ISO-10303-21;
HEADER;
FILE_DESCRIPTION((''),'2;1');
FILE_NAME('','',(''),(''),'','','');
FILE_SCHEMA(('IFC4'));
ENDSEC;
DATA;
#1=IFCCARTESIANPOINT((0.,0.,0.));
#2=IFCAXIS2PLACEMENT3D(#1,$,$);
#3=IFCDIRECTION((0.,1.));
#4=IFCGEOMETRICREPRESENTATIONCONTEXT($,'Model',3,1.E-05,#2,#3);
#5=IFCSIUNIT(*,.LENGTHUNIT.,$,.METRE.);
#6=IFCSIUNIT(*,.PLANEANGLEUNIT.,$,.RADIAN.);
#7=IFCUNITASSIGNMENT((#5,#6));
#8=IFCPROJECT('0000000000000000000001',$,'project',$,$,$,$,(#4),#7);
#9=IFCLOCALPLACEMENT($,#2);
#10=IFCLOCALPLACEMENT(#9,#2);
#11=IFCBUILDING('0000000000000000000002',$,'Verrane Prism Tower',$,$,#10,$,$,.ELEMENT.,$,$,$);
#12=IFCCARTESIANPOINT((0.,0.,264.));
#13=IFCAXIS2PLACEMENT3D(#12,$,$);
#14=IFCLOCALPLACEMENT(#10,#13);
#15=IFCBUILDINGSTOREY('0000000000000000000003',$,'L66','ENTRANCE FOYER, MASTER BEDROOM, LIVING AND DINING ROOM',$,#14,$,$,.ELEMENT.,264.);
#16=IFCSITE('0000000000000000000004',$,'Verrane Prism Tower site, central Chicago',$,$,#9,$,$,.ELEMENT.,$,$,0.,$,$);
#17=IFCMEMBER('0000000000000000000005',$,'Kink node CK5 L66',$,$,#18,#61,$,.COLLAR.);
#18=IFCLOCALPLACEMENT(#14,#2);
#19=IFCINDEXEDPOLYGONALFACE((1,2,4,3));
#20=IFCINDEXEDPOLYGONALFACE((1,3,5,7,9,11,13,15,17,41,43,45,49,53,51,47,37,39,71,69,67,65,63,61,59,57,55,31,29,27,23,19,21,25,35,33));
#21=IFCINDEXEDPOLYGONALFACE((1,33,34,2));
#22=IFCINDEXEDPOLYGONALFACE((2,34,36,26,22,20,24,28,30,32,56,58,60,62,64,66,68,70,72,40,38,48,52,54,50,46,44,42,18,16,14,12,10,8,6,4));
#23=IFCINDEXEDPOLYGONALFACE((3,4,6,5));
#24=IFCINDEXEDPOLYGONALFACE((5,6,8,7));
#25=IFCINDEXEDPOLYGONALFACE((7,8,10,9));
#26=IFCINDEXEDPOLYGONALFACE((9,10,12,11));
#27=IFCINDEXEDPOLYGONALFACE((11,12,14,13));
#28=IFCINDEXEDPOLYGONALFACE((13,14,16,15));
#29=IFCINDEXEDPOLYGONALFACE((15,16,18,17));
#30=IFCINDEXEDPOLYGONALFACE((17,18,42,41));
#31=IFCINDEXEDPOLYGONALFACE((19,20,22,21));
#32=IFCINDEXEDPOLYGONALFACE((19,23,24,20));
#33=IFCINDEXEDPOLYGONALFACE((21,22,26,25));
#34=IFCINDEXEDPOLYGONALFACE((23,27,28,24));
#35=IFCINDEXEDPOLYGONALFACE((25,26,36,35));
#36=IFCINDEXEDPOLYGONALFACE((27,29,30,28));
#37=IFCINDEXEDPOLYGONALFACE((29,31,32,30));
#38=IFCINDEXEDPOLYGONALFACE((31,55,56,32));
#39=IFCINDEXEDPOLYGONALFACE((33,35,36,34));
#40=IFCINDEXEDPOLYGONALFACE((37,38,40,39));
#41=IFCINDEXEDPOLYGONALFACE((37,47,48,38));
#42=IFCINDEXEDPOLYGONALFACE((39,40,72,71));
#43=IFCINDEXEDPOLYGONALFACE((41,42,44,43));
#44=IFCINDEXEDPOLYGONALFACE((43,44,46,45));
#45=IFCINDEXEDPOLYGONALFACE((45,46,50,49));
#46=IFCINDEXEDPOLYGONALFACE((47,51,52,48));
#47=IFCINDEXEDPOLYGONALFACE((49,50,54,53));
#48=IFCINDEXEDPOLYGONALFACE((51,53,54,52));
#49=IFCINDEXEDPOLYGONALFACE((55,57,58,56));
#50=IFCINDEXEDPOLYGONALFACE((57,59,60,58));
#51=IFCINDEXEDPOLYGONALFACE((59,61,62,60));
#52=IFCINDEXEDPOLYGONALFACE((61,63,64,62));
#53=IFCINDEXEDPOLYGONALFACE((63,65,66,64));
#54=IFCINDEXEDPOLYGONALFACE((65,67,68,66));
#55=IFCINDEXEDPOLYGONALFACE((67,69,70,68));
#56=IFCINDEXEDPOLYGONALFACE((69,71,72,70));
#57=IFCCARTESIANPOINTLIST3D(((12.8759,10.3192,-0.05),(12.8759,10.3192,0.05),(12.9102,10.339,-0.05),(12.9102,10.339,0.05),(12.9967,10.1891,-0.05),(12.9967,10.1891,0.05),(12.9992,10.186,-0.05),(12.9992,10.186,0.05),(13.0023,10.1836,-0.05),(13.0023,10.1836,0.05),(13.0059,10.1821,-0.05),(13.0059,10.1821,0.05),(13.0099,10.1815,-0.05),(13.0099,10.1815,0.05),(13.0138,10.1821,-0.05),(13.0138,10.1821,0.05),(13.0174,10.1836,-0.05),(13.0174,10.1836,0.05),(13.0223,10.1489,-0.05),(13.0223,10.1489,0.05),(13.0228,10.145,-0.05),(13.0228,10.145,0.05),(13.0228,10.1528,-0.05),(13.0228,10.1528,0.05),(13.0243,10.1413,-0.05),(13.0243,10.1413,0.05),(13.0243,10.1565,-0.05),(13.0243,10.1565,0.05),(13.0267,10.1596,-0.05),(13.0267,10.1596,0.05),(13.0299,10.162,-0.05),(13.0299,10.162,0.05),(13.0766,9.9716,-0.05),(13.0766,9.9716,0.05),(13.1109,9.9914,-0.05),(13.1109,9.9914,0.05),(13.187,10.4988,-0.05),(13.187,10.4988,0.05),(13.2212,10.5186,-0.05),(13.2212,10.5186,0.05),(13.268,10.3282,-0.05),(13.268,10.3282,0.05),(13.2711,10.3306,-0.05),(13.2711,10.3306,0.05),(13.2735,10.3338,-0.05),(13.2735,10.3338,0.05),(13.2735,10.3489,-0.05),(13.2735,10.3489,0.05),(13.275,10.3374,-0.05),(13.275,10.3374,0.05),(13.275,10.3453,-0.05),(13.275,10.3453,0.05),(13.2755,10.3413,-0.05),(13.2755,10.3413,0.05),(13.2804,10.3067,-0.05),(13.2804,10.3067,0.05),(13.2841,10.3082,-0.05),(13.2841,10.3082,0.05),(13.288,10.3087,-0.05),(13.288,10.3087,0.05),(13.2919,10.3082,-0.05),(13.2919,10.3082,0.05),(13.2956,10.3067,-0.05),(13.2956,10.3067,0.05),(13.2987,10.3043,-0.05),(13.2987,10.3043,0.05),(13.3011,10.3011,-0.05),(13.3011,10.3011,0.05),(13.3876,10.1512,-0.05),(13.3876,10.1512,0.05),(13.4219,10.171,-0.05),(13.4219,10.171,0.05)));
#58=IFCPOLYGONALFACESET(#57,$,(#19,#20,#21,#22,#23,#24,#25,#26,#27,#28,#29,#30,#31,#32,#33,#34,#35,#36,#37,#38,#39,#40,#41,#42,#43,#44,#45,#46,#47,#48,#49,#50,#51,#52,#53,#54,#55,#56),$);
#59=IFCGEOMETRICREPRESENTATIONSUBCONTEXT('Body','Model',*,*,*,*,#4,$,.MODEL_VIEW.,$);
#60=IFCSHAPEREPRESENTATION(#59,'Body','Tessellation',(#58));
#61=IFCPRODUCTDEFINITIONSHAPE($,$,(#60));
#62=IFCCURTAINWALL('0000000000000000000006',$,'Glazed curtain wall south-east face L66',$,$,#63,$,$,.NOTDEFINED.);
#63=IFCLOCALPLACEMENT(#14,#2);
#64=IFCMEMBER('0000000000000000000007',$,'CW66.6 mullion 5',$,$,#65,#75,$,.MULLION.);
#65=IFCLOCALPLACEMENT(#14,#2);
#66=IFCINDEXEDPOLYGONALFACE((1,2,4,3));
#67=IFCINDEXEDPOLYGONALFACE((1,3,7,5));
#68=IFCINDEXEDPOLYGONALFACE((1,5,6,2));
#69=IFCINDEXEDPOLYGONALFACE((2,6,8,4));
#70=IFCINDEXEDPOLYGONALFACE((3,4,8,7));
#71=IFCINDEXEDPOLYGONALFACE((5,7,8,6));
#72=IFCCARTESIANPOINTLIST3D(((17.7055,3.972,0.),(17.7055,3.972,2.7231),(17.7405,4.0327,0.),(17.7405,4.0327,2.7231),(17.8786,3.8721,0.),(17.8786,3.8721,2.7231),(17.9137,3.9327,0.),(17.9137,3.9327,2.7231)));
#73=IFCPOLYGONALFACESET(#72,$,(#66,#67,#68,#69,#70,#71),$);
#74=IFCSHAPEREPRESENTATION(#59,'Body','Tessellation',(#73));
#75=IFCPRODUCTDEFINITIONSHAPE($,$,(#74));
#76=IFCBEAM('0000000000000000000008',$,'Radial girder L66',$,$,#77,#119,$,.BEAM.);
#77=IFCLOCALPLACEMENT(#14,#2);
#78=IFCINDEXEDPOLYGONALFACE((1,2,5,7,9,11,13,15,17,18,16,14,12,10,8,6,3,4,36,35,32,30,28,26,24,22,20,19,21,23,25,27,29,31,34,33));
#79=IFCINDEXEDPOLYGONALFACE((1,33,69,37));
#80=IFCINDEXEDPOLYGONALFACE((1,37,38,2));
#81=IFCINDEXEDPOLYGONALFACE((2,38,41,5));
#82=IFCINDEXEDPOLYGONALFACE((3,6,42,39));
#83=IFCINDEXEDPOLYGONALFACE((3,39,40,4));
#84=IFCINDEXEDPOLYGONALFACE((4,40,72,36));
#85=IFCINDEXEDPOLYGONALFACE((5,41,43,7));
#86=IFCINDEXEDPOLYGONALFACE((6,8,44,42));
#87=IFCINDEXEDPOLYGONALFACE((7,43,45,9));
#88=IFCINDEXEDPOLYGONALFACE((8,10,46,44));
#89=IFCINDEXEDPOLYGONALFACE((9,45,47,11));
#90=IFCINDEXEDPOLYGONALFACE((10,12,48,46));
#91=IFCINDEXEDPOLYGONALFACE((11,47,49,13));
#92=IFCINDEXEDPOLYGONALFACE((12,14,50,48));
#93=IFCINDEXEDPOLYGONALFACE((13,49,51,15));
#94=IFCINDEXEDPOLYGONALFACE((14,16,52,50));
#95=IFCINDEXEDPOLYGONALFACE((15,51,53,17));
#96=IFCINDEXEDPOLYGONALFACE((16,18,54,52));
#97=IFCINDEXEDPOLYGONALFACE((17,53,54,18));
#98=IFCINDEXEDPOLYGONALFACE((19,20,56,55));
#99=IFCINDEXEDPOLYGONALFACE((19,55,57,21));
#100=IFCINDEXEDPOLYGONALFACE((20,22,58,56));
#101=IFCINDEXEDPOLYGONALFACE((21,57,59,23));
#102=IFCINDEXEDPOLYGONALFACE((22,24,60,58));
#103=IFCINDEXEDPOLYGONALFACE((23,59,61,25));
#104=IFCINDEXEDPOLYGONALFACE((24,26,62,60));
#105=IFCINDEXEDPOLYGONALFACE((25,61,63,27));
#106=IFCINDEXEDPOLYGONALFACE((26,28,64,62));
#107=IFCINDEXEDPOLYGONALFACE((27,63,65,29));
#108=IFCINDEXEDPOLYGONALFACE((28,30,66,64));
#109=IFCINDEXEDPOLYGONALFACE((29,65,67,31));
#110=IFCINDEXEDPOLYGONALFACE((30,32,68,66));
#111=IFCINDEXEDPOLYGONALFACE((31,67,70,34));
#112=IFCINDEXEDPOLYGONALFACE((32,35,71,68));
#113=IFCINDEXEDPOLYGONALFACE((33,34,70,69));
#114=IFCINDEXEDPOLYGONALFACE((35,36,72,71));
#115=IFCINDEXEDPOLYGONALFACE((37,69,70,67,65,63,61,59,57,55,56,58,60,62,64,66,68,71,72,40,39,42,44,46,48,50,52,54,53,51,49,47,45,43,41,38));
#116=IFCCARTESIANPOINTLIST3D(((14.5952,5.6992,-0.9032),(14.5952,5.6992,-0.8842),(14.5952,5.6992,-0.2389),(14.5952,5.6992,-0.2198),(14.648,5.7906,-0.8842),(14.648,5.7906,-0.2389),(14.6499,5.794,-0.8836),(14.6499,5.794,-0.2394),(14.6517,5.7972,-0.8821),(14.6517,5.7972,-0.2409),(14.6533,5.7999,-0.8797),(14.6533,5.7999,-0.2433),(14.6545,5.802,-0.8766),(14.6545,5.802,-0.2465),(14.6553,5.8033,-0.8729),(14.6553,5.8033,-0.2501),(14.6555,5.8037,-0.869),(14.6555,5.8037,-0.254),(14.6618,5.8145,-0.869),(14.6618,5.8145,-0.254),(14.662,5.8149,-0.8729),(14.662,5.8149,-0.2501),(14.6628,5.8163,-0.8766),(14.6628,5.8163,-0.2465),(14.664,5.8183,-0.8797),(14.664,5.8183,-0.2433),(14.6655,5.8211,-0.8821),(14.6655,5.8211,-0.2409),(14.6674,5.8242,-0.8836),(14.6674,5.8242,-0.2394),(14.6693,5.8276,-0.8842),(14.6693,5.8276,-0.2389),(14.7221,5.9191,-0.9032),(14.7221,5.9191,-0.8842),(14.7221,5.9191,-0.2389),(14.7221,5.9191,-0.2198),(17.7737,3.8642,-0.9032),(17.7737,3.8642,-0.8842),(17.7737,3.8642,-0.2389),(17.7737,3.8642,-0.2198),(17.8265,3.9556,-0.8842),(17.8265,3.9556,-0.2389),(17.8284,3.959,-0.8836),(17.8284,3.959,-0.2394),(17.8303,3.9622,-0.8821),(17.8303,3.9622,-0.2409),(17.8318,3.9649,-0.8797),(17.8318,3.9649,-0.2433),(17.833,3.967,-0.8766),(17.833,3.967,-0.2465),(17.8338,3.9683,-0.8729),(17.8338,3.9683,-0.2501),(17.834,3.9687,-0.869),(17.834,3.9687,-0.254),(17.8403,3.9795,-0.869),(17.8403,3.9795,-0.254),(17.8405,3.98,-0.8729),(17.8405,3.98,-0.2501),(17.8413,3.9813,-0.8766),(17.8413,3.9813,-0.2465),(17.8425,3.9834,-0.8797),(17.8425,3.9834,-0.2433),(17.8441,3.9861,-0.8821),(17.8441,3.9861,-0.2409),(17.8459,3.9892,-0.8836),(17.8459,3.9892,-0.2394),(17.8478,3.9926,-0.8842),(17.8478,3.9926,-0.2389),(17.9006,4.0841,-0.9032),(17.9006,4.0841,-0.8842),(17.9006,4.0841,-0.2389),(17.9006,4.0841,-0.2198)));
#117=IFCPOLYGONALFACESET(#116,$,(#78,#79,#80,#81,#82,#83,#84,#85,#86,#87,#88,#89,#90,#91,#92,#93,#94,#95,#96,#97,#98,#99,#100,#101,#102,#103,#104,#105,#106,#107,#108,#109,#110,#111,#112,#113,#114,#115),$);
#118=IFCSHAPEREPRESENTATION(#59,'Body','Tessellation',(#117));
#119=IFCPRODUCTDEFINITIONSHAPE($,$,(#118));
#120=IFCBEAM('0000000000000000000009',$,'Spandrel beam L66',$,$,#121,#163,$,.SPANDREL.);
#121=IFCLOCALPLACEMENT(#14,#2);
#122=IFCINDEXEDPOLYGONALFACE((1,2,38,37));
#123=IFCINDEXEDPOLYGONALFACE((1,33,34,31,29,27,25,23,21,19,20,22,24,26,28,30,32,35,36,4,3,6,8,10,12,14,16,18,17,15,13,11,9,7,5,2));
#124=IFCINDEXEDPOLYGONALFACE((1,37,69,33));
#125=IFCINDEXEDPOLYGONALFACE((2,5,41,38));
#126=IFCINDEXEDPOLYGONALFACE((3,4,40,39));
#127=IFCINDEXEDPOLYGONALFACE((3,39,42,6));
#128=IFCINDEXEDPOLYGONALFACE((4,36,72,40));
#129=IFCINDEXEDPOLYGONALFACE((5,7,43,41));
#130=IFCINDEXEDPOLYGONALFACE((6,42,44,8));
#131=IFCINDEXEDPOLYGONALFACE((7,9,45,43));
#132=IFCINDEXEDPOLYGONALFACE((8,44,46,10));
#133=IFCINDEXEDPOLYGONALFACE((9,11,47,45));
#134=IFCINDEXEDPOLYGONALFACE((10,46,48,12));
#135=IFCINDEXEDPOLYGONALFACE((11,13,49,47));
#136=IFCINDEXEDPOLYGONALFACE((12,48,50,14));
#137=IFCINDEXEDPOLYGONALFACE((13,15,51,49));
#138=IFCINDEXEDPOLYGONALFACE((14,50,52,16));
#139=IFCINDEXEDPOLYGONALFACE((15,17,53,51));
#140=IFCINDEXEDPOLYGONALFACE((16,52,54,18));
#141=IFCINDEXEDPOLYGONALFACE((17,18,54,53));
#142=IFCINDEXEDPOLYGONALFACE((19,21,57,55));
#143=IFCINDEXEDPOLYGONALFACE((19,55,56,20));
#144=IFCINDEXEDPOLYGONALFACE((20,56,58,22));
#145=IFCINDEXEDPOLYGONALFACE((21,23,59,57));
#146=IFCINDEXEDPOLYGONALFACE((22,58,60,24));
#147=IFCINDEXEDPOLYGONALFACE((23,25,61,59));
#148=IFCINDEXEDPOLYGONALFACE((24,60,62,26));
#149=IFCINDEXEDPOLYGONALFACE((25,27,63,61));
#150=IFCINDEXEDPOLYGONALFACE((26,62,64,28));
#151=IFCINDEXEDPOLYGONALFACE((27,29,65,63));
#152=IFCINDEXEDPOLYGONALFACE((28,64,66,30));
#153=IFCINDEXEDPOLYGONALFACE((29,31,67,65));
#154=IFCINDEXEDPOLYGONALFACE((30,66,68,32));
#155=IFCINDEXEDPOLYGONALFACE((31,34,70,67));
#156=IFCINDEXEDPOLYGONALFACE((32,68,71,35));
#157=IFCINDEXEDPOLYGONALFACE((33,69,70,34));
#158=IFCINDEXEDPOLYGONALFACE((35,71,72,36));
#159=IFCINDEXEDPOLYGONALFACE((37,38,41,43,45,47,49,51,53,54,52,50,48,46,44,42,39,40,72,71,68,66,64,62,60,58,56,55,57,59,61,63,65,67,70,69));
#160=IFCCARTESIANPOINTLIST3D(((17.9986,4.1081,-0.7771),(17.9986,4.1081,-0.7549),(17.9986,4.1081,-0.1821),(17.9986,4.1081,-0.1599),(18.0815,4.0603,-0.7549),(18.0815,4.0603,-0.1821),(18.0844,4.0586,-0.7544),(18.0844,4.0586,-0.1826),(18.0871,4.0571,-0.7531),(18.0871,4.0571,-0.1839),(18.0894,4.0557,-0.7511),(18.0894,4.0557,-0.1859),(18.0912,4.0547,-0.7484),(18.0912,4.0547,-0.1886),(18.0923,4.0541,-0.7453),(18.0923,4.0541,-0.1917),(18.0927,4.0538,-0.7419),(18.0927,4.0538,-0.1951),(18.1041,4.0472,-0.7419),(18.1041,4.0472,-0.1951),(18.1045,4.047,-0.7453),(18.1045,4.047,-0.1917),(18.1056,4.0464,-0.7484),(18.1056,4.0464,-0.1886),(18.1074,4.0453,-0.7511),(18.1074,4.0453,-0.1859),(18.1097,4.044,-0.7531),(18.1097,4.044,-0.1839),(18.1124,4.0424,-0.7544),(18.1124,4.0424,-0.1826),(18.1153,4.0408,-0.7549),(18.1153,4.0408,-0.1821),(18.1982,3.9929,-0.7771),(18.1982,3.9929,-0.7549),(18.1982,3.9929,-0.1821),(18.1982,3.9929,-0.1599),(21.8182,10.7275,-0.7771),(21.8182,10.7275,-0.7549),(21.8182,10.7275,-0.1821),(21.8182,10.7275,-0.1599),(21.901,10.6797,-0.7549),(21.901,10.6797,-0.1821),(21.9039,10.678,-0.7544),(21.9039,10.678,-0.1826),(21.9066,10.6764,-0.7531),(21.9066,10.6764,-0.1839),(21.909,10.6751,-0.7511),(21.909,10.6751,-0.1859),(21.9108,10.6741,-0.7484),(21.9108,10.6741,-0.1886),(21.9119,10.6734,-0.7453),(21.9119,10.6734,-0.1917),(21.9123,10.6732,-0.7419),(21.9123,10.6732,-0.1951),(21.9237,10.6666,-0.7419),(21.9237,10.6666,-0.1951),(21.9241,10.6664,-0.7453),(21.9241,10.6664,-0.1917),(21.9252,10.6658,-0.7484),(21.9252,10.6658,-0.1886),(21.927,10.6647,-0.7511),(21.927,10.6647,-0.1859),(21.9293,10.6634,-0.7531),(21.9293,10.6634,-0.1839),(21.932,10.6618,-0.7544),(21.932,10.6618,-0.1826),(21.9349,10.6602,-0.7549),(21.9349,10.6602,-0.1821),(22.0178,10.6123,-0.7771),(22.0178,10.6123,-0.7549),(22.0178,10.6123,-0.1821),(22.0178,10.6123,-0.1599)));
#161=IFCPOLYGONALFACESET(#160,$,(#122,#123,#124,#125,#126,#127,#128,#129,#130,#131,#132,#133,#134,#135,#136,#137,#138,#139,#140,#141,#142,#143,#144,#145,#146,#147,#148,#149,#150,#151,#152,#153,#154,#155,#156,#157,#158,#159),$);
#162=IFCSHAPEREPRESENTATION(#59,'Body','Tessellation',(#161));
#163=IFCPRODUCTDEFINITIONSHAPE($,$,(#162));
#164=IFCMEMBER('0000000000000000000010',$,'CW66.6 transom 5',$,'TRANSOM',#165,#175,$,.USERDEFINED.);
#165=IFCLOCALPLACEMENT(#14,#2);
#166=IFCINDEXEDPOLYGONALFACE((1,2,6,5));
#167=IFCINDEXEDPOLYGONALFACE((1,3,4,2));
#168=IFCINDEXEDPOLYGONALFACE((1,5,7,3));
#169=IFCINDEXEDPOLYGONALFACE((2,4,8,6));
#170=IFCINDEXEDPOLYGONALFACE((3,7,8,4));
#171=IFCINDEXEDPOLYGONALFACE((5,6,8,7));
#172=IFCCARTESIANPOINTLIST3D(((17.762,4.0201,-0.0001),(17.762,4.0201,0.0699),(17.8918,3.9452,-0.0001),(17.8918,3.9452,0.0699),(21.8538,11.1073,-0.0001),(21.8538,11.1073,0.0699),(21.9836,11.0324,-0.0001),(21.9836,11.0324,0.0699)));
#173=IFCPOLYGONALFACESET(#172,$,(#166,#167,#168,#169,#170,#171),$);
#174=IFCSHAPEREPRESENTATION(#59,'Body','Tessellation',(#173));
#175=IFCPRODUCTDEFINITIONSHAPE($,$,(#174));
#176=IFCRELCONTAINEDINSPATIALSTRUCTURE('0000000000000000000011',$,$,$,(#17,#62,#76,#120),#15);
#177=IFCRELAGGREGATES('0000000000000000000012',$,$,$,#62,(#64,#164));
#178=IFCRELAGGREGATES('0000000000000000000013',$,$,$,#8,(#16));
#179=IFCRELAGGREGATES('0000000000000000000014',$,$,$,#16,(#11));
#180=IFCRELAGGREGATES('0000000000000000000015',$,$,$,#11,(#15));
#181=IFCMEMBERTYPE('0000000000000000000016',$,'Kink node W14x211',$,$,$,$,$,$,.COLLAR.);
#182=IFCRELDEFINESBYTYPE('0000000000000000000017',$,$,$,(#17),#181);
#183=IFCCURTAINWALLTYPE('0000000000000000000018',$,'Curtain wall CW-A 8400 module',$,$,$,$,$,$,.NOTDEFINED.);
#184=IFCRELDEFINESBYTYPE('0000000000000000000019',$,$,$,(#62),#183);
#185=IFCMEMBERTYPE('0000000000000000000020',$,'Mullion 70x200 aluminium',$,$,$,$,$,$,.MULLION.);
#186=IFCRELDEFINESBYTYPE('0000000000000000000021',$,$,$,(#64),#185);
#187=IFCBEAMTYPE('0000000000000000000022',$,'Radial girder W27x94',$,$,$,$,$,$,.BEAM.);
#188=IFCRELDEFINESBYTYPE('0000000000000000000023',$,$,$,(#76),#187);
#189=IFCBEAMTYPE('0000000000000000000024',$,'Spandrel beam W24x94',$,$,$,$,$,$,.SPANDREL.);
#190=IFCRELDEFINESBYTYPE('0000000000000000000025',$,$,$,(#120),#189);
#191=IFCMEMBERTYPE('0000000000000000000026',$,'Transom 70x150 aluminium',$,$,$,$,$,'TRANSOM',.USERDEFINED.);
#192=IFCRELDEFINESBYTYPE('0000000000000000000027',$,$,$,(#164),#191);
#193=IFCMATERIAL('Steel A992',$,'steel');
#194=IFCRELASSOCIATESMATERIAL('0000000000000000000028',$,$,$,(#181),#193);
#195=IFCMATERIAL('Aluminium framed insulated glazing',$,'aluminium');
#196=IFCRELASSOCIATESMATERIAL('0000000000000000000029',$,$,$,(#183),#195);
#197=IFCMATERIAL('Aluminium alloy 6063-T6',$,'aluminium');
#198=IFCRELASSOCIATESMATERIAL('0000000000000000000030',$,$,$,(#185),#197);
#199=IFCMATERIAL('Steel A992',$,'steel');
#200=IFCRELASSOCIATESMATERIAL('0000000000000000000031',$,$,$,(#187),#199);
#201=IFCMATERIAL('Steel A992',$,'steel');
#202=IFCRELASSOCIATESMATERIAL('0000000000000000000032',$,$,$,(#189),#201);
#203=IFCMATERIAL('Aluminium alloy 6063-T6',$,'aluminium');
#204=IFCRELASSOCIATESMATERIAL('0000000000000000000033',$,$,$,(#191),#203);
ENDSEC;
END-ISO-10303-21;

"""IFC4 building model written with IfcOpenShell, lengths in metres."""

from ifc_helpers import new_model, si_unit, direction, frame, origin, origin_2d, place, context, subcontext, project, spatial, rectangle, i_section, extrude, material, material_profile, profile_set, type_object, element, aggregate, save


model = new_model("IFC4")

# Units and contexts
model_context = context("Model", 3, precision=1e-05, world=origin(), true_north=direction((0.0, 1.0)))
body_context = subcontext(model_context, "Body", "Model", "MODEL_VIEW")
ifc_project = project(units=[si_unit("LENGTHUNIT", "METRE"), si_unit("PLANEANGLEUNIT", "RADIAN")], contexts=[model_context])

# Site, building, storey
site_placement = place(None, origin())
site = spatial("IfcSite", under=ifc_project, at=site_placement, Name="Verrane Prism Tower site, central Chicago", CompositionType="ELEMENT", RefElevation=0.0)
building_placement = place(site_placement, origin())
building = spatial("IfcBuilding", under=site, at=building_placement, Name="Verrane Prism Tower", CompositionType="ELEMENT")
storey_placement = place(building_placement, frame((0.0, 0.0, 264.0)))
storey = spatial("IfcBuildingStorey", under=building, at=storey_placement, Name="L66", Description="ENTRANCE FOYER, MASTER BEDROOM, LIVING AND DINING ROOM", CompositionType="ELEMENT", Elevation=264.0)

# Member
ifc_material_1 = material(Name="Steel A992", Category="steel")
ifc_material_profile_1 = material_profile(ifc_material_1, i_section(OverallWidth=0.4014, OverallDepth=0.3987, WebThickness=0.0249, FlangeThickness=0.0396, FilletRadius=0.0151, at=origin_2d()), Name="W14x211")
ifc_profile_set_1 = profile_set([ifc_material_profile_1], Name="Steel A992")
member_type_1 = type_object("IfcMemberType", Name="Kink node W14x211", PredefinedType="COLLAR", material=ifc_profile_set_1)
for number, where, z_axis, x_axis, name in (
    (1, (13.1489, 10.2451, -0.05), (0.0, 0.0, 1.0), (0.5, -0.866025, 0.0), "Kink node CK5 L66"),
):
    element("IfcMember", number, at=place(storey_placement, frame(where, z_axis=z_axis, x_axis=x_axis)), inside=storey, type_object=member_type_1, Name=name, PredefinedType="COLLAR", context=body_context, shape_type="SweptSolid", body=[
        extrude(i_section(OverallWidth=0.4014, OverallDepth=0.3987, WebThickness=0.0249, FlangeThickness=0.0396, FilletRadius=0.0151, at=origin_2d()), origin(), (0.0, 0.0, 1.0), 0.1001),
    ])

# Curtain wall, member
ifc_material_2 = material(Name="Aluminium framed insulated glazing", Category="aluminium")
curtain_wall_type = type_object("IfcCurtainWallType", Name="Curtain wall CW-A 8400 module", PredefinedType="NOTDEFINED", material=ifc_material_2)
curtain_wall_placement = place(storey_placement, origin())
curtain_wall = element("IfcCurtainWall", 2, at=curtain_wall_placement, inside=storey, type_object=curtain_wall_type, Name="Glazed curtain wall south-east face L66", PredefinedType="NOTDEFINED")
ifc_material_3 = material(Name="Aluminium alloy 6063-T6", Category="aluminium")
ifc_material_profile_2 = material_profile(ifc_material_3, rectangle(XDim=0.2, YDim=0.0701, at=origin_2d()), Name="Mullion 70x200 aluminium")
ifc_profile_set_2 = profile_set([ifc_material_profile_2], Name="Aluminium alloy 6063-T6")
member_type_2 = type_object("IfcMemberType", Name="Mullion 70x200 aluminium", PredefinedType="MULLION", material=ifc_profile_set_2)
member_1_placement = place(storey_placement, frame((17.8096, 3.9524, 0.0), z_axis=(0.0, 0.0, 1.0), x_axis=(-0.866025, 0.500001, 0.0)))
member_1 = element("IfcMember", 3, at=member_1_placement, type_object=member_type_2, Name="CW66.6 mullion 5", PredefinedType="MULLION", context=body_context, shape_type="SweptSolid", body=[
    extrude(rectangle(XDim=0.2, YDim=0.0701, at=origin_2d()), origin(), (0.0, 0.0, 1.0), 2.7231),
])

# Beams
ifc_material_4 = material(Name="Steel A992", Category="steel")
ifc_material_profile_3 = material_profile(ifc_material_4, i_section(OverallWidth=0.2539, OverallDepth=0.6833, WebThickness=0.0125, FlangeThickness=0.019, FilletRadius=0.0151, at=origin_2d()), Name="W27x94")
ifc_profile_set_3 = profile_set([ifc_material_profile_3], Name="Steel A992")
beam_type_1 = type_object("IfcBeamType", Name="Radial girder W27x94", PredefinedType="BEAM", material=ifc_profile_set_3)
beam_1_placement = place(storey_placement, frame((17.8372, 3.9741, -0.5615), z_axis=(-0.86604, 0.499974, 0.0), x_axis=(-0.499974, -0.86604, 0.0)))
element("IfcBeam", 4, at=beam_1_placement, inside=storey, type_object=beam_type_1, Name="Radial girder L66", PredefinedType="BEAM", context=body_context, shape_type="SweptSolid", body=[
    extrude(i_section(OverallWidth=0.2539, OverallDepth=0.6833, WebThickness=0.0125, FlangeThickness=0.019, FilletRadius=0.0151, at=origin_2d()), origin(), (0.0, 0.0, 1.0), 3.6702),
])
ifc_material_5 = material(Name="Steel A992", Category="steel")
ifc_material_profile_4 = material_profile(ifc_material_5, i_section(OverallWidth=0.2305, OverallDepth=0.6172, WebThickness=0.0132, FlangeThickness=0.0222, FilletRadius=0.0129, at=origin_2d()), Name="W24x94")
ifc_profile_set_4 = profile_set([ifc_material_profile_4], Name="Steel A992")
beam_type_2 = type_object("IfcBeamType", Name="Spandrel beam W24x94", PredefinedType="SPANDREL", material=ifc_profile_set_4)
beam_2_placement = place(storey_placement, frame((18.0984, 4.0505, -0.4685), z_axis=(0.499792, 0.866146, 0.0), x_axis=(-0.866146, 0.499792, 0.0)))
element("IfcBeam", 5, at=beam_2_placement, inside=storey, type_object=beam_type_2, Name="Spandrel beam L66", PredefinedType="SPANDREL", context=body_context, shape_type="SweptSolid", body=[
    extrude(i_section(OverallWidth=0.2305, OverallDepth=0.6172, WebThickness=0.0132, FlangeThickness=0.0222, FilletRadius=0.0129, at=origin_2d()), origin(), (0.0, 0.0, 1.0), 7.6423),
])

# Member
ifc_material_6 = material(Name="Aluminium alloy 6063-T6", Category="aluminium")
ifc_material_profile_5 = material_profile(ifc_material_6, rectangle(XDim=0.1499, YDim=0.0701, at=origin_2d()), Name="Transom 70x150 aluminium")
ifc_profile_set_5 = profile_set([ifc_material_profile_5], Name="Aluminium alloy 6063-T6")
member_type_3 = type_object("IfcMemberType", Name="Transom 70x150 aluminium", ElementType="TRANSOM", PredefinedType="USERDEFINED", material=ifc_profile_set_5)
member_2_placement = place(storey_placement, frame((17.8269, 3.9827, 0.0349), z_axis=(0.500002, 0.866024, 0.0), x_axis=(-0.866024, 0.500002, 0.0)))
member_2 = element("IfcMember", 6, at=member_2_placement, type_object=member_type_3, Name="CW66.6 transom 5", ObjectType="TRANSOM", PredefinedType="USERDEFINED", context=body_context, shape_type="SweptSolid", body=[
    extrude(rectangle(XDim=0.1499, YDim=0.0701, at=origin_2d()), origin(), (0.0, 0.0, 1.0), 8.1836),
])

aggregate(curtain_wall, [member_1, member_2])

save(model, "model.ifc")
